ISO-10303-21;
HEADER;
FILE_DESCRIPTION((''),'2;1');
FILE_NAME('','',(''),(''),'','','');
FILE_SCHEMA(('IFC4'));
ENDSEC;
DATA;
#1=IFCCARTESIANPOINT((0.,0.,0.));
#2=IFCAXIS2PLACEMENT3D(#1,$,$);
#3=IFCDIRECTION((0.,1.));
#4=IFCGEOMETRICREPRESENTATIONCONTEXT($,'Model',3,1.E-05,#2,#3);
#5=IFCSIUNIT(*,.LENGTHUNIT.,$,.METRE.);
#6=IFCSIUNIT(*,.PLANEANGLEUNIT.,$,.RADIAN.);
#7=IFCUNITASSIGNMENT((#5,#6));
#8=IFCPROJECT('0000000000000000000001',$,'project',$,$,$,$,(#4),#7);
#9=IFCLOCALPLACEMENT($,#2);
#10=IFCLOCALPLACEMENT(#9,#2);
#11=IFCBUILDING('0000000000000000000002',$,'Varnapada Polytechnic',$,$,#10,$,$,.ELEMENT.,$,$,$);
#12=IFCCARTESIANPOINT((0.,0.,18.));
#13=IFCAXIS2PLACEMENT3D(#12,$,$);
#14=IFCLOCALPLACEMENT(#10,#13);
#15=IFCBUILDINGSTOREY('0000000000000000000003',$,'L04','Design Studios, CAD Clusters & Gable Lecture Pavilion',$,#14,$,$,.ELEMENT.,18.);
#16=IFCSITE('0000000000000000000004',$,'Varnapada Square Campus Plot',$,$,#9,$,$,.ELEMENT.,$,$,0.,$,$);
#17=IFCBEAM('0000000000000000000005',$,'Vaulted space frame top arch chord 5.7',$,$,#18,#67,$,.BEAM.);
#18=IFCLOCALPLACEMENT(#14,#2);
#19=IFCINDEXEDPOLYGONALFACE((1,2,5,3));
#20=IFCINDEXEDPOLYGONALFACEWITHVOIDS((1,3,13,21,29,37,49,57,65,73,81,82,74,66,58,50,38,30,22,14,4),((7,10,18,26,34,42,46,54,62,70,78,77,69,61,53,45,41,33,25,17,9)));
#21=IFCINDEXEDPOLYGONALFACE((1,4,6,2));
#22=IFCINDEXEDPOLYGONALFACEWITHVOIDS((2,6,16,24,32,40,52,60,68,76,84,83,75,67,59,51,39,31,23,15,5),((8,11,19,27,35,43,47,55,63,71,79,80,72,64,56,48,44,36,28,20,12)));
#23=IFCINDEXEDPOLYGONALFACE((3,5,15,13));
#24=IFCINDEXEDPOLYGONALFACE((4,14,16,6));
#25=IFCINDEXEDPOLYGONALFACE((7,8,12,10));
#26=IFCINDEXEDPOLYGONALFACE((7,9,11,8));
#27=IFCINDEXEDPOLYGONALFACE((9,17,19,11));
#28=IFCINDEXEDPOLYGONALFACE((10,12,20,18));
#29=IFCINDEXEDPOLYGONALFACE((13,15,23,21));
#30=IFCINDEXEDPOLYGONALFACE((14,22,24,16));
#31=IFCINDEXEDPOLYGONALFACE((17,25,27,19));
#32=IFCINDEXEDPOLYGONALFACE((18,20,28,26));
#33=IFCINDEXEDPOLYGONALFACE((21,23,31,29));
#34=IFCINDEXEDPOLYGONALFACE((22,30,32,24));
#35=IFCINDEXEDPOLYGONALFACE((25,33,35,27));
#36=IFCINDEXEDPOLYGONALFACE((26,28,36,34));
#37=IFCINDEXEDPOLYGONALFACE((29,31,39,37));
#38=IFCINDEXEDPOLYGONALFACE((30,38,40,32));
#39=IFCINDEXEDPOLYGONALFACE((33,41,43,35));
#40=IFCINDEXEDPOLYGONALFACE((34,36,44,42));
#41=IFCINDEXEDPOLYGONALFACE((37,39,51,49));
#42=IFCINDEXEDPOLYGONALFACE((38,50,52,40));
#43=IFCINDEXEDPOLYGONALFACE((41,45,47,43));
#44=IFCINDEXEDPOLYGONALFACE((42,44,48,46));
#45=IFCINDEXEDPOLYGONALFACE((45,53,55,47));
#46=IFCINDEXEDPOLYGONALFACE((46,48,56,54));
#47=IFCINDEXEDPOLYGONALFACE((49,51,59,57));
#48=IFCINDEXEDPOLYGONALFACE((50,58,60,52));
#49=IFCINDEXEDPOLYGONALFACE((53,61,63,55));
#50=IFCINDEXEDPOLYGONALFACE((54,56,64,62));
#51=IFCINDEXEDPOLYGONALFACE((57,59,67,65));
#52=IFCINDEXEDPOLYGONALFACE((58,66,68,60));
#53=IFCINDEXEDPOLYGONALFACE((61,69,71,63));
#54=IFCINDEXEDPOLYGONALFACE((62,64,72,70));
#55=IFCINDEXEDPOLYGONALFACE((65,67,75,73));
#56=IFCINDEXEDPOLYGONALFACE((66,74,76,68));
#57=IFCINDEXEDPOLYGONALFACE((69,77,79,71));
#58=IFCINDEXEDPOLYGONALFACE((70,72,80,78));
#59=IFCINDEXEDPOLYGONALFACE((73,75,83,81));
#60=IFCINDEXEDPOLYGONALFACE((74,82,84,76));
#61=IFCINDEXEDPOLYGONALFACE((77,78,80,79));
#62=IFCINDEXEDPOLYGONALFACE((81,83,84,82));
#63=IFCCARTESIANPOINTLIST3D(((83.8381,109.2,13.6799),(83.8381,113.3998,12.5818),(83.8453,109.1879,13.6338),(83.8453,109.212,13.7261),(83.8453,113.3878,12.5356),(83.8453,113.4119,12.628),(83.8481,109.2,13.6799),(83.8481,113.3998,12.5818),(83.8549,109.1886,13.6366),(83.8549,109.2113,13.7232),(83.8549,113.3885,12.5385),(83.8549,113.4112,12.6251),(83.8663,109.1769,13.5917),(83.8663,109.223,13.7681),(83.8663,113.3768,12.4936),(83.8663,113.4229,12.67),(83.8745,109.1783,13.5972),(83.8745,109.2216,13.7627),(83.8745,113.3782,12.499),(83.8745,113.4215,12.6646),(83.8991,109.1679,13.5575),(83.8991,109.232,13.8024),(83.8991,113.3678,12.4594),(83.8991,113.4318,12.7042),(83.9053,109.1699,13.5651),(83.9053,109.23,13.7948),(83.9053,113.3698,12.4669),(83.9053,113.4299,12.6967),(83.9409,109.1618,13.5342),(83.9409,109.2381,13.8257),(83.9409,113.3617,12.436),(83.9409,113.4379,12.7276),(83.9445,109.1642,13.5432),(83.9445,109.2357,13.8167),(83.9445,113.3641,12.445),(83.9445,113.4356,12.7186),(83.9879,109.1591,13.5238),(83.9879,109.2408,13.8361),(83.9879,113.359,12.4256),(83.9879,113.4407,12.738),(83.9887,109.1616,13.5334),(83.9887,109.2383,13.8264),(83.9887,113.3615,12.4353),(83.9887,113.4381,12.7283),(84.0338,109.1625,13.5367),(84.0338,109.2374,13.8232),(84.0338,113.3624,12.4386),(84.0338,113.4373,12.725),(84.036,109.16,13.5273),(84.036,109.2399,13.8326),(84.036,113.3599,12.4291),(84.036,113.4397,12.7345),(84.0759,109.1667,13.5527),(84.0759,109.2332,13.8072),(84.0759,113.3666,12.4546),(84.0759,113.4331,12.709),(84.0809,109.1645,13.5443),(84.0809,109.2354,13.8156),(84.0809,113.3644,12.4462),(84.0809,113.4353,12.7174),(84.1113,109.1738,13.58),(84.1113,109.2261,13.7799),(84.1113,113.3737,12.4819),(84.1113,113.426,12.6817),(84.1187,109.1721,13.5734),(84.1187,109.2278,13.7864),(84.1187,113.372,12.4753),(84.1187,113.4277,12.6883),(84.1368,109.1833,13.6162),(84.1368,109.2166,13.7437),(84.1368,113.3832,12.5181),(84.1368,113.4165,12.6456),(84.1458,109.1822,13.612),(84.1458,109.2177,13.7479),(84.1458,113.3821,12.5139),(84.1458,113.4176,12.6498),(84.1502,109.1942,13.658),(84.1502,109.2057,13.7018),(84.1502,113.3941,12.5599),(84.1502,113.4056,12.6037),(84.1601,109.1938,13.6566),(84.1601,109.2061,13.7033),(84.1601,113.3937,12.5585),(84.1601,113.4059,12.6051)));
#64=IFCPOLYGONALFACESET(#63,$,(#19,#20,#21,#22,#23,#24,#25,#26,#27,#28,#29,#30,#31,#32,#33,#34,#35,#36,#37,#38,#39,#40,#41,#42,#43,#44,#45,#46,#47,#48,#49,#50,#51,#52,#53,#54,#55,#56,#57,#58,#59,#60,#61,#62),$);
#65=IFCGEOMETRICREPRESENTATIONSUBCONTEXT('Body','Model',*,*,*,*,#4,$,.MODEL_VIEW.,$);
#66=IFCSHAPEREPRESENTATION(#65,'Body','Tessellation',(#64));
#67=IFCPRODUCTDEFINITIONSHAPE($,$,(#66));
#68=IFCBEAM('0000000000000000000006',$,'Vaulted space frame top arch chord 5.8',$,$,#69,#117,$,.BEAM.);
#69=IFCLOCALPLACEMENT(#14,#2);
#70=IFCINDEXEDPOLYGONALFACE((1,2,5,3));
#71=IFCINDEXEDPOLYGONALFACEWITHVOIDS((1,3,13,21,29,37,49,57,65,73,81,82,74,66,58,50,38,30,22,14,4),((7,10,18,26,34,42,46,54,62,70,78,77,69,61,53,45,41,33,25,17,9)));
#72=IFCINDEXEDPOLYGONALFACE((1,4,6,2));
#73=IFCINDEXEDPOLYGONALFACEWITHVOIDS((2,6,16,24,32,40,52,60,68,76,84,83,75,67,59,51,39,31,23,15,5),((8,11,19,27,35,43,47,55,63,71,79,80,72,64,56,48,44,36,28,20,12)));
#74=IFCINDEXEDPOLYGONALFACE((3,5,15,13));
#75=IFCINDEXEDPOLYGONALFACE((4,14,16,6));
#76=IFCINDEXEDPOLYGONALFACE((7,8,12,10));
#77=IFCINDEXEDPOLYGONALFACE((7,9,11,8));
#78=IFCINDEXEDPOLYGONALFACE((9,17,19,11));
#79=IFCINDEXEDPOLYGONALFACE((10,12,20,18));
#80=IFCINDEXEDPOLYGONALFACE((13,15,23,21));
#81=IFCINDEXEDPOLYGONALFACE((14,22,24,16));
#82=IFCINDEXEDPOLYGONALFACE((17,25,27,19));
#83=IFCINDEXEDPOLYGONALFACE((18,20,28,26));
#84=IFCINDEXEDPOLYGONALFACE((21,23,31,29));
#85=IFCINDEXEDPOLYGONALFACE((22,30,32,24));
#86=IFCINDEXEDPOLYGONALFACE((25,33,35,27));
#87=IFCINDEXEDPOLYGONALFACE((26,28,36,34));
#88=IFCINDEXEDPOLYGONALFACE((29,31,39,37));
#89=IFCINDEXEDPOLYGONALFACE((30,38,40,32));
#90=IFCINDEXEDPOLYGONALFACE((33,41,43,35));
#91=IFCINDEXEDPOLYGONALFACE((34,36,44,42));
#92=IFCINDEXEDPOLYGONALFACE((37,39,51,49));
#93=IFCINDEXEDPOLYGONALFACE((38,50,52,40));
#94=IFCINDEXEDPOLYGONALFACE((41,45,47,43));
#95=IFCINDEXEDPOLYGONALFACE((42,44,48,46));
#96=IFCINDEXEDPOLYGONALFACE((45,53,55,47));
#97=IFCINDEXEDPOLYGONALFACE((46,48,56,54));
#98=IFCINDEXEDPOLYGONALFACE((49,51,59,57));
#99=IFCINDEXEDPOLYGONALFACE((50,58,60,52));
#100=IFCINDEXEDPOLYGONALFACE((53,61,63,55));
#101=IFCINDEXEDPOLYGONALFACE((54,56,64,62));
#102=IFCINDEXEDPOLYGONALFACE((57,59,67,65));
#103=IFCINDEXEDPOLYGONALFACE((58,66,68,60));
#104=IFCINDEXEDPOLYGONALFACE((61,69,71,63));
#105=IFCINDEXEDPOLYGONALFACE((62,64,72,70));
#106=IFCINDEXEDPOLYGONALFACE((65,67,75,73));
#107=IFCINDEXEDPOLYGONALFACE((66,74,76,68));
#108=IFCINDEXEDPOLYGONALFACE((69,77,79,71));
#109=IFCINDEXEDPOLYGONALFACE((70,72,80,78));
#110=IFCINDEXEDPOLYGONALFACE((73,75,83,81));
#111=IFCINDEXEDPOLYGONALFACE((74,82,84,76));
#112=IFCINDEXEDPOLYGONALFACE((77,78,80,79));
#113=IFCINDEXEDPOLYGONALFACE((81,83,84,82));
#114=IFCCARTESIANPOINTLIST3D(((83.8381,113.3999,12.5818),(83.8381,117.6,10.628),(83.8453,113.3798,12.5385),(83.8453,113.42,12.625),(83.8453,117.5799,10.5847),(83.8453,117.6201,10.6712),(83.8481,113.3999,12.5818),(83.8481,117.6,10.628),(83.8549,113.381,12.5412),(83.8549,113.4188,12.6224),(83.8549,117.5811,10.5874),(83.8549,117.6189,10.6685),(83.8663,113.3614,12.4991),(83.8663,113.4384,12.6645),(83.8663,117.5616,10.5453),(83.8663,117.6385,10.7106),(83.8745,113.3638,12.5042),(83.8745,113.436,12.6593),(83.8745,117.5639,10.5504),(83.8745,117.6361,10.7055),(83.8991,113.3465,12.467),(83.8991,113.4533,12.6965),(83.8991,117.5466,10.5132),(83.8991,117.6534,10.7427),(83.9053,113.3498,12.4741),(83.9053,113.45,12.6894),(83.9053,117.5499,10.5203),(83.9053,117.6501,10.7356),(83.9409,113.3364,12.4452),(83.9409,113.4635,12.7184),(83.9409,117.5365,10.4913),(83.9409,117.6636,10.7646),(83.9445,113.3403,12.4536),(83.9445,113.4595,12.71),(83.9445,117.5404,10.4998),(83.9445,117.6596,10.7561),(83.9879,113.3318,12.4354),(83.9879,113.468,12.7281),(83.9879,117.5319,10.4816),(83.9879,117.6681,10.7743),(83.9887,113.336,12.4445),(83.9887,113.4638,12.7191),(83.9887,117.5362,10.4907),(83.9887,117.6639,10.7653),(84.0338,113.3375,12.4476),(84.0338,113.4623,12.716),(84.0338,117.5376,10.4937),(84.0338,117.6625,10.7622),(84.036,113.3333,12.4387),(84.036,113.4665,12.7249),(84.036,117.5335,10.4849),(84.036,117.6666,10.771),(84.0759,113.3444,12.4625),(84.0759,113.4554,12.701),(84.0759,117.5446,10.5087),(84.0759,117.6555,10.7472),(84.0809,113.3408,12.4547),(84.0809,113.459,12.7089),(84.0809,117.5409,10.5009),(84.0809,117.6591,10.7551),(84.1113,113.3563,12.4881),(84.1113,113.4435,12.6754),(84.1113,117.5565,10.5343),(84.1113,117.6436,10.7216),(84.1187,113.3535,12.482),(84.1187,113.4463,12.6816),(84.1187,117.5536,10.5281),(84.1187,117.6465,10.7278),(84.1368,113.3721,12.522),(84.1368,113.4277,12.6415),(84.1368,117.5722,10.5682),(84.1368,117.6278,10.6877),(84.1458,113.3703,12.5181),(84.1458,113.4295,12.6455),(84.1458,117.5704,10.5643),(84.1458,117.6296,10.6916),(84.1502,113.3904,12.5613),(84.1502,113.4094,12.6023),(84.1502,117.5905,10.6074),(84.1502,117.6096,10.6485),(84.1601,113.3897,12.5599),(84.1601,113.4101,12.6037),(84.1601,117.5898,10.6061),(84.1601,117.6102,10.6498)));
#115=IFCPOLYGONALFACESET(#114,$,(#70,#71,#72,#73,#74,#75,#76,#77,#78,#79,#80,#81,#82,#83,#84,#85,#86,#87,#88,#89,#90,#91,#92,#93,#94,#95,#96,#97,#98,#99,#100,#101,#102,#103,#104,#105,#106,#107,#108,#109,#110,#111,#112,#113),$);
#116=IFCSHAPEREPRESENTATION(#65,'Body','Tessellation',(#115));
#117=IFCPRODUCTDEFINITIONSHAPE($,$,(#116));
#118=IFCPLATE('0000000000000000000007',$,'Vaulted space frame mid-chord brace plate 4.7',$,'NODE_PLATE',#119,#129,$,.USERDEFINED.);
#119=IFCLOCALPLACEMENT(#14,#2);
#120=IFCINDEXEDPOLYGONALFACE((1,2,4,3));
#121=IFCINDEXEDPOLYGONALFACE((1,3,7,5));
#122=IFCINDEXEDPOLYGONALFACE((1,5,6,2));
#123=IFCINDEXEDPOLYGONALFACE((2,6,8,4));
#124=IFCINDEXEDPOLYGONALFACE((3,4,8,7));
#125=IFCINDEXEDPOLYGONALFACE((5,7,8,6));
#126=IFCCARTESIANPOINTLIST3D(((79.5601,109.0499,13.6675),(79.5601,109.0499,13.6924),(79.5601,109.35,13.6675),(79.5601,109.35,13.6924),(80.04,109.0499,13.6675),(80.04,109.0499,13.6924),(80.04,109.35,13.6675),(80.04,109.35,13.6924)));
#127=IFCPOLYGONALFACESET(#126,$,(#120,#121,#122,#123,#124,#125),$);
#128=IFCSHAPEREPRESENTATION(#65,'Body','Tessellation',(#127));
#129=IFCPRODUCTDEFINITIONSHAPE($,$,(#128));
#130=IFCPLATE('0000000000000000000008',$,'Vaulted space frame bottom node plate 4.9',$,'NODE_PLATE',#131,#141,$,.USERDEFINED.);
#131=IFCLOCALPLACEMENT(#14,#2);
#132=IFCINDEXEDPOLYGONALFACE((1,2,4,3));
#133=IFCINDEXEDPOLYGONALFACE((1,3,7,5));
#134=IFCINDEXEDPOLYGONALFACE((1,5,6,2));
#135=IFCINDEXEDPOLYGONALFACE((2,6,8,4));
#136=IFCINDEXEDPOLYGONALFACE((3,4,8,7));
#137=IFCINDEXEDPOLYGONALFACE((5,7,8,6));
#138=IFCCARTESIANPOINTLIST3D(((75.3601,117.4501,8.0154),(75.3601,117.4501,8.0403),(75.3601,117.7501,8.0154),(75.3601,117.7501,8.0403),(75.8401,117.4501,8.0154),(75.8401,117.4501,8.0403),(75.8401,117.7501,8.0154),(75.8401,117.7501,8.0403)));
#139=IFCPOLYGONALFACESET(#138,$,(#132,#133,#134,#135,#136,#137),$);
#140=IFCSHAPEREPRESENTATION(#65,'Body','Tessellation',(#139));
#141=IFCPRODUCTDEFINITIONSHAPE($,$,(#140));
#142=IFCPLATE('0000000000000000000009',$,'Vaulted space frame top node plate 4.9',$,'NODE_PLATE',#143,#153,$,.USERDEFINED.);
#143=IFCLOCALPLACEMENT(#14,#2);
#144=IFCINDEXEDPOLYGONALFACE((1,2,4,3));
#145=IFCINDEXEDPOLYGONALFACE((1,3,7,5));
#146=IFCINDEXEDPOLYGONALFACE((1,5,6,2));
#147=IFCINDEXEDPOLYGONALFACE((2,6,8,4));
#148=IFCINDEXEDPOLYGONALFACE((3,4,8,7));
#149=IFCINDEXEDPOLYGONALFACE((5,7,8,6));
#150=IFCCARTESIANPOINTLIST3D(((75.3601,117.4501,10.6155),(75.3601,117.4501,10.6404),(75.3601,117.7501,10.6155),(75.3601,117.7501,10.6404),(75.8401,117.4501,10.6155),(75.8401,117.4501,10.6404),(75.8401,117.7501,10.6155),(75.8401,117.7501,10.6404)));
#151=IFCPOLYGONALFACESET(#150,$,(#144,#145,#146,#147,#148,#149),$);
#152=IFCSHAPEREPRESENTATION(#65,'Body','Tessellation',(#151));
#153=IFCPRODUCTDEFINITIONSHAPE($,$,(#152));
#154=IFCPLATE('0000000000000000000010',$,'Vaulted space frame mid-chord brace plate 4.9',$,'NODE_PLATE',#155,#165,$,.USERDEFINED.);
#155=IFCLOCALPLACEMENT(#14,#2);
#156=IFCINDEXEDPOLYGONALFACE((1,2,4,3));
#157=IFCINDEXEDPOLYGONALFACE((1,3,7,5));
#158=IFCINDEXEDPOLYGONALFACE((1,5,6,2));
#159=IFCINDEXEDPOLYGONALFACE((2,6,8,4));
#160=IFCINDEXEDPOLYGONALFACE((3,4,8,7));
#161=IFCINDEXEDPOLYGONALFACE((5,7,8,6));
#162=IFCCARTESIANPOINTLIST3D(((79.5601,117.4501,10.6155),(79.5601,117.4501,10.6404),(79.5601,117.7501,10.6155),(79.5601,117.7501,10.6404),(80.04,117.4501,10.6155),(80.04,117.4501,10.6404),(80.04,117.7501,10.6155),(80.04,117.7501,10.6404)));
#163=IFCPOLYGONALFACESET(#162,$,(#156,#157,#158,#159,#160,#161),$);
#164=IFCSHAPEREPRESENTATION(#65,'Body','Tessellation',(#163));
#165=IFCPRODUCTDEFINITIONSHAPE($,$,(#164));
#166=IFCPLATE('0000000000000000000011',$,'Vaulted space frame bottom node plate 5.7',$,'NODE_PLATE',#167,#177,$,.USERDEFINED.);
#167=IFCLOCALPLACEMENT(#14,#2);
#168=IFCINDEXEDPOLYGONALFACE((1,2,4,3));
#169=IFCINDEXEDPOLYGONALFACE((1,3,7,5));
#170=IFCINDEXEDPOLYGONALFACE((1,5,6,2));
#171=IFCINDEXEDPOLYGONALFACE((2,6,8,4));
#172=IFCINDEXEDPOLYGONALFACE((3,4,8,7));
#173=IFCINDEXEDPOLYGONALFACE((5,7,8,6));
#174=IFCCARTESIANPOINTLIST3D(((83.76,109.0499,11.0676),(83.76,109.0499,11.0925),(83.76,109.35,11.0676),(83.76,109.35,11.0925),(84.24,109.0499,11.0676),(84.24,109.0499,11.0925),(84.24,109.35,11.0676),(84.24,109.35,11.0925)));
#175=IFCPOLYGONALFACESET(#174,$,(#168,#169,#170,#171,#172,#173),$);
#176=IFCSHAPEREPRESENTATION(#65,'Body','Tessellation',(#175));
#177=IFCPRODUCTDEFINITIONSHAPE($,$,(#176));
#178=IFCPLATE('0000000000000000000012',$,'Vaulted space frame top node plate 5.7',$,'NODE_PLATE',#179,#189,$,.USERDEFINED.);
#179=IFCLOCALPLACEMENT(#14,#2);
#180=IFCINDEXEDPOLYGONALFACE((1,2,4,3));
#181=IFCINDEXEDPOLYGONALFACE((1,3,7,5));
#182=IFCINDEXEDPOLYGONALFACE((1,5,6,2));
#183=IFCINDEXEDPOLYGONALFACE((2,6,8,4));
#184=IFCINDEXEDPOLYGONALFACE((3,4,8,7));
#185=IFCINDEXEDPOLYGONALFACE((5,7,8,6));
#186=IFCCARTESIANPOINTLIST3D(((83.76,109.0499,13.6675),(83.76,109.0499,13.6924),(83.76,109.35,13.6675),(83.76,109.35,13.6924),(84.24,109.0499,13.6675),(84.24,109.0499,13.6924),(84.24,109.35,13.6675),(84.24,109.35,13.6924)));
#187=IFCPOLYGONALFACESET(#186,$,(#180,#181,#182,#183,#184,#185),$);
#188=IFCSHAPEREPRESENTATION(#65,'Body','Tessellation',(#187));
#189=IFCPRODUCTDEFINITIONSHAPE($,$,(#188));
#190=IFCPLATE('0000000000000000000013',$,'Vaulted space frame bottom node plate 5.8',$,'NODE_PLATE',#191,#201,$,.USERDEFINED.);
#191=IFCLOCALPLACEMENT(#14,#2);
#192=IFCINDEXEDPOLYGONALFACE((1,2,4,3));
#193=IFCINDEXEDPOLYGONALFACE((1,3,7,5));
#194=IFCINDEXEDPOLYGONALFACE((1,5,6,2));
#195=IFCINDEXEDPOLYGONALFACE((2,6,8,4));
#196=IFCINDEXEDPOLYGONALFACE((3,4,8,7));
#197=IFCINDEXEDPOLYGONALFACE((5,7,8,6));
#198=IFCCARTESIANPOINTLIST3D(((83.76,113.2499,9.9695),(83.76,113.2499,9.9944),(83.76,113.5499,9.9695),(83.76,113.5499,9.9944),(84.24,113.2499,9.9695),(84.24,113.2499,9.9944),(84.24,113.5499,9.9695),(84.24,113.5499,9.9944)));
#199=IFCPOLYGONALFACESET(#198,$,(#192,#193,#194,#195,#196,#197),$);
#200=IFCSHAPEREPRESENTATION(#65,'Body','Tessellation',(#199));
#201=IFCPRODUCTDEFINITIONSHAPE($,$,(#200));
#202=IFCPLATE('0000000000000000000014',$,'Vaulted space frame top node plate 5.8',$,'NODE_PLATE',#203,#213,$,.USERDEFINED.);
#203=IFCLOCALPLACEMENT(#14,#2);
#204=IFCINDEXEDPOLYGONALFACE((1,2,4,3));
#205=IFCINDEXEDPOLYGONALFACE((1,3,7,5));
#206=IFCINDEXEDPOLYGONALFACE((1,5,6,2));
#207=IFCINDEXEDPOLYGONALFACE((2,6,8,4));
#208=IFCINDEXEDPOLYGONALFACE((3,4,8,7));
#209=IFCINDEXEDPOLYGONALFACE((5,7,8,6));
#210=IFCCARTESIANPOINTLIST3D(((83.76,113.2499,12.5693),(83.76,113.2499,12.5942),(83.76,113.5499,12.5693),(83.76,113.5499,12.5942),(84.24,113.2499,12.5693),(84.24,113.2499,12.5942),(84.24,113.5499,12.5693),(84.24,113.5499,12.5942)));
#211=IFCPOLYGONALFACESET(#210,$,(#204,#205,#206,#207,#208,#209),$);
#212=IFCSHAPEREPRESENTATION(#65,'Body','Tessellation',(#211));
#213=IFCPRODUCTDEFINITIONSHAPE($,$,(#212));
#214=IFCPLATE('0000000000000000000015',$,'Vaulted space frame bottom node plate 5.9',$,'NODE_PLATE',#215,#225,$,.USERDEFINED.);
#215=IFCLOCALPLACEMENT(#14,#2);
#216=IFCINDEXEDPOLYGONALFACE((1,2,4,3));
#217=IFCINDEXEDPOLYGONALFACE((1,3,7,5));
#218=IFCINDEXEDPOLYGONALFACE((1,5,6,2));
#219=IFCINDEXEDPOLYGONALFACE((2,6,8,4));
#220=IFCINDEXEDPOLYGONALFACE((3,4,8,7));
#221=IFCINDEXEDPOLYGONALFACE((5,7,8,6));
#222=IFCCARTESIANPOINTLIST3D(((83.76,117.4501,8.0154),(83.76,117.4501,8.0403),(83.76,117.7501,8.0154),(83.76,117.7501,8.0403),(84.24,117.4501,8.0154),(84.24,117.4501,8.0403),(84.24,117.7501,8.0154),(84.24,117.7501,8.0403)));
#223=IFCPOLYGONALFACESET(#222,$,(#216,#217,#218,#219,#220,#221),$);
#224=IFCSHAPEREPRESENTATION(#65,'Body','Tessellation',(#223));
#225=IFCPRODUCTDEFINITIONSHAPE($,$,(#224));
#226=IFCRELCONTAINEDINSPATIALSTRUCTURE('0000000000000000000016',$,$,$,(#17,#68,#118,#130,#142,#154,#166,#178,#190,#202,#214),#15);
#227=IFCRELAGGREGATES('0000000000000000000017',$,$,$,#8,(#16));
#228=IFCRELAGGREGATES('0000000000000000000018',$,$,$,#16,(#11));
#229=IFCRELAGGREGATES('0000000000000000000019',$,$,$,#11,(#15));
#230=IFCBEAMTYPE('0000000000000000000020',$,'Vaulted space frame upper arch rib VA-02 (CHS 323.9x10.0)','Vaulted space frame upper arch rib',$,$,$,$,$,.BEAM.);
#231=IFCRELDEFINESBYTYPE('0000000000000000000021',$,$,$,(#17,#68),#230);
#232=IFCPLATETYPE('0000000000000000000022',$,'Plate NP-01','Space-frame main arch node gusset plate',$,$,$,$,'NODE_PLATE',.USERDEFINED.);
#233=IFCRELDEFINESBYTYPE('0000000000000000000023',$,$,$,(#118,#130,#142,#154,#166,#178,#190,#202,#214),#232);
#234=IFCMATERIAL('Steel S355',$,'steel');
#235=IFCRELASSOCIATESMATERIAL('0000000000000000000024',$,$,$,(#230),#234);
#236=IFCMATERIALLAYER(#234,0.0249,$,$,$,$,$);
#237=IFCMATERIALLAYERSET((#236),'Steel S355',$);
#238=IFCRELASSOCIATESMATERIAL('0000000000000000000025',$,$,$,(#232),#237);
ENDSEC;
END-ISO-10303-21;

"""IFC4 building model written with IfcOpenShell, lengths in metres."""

from ifc_helpers import new_model, si_unit, direction, frame, origin, origin_2d, place, context, subcontext, project, spatial, rectangle, hollow_circle, extrude, material, layer, layer_set, material_profile, profile_set, type_object, element, save


model = new_model("IFC4")

# Units and contexts
model_context = context("Model", 3, precision=1e-05, world=origin(), true_north=direction((0.0, 1.0)))
body_context = subcontext(model_context, "Body", "Model", "MODEL_VIEW")
ifc_project = project(units=[si_unit("LENGTHUNIT", "METRE"), si_unit("PLANEANGLEUNIT", "RADIAN")], contexts=[model_context])

# Site, building, storey
site_placement = place(None, origin())
site = spatial("IfcSite", under=ifc_project, at=site_placement, Name="Varnapada Square Campus Plot", CompositionType="ELEMENT", RefElevation=0.0)
building_placement = place(site_placement, origin())
building = spatial("IfcBuilding", under=site, at=building_placement, Name="Varnapada Polytechnic", CompositionType="ELEMENT")
storey_placement = place(building_placement, frame((0.0, 0.0, 18.0)))
storey = spatial("IfcBuildingStorey", under=building, at=storey_placement, Name="L04", Description="Design Studios, CAD Clusters & Gable Lecture Pavilion", CompositionType="ELEMENT", Elevation=18.0)

# Shared definitions
ifc_material = material(Name="Steel S355", Category="steel")

# Beams
ifc_material_profile_1 = material_profile(ifc_material, hollow_circle(Radius=0.1619, WallThickness=0.01, at=origin_2d()), Name="CHS 323.9x10.0")
ifc_profile_set_1 = profile_set([ifc_material_profile_1], Name="Steel S355")
beam_type_1 = type_object("IfcBeamType", Name="Vaulted space frame upper arch rib VA-02 (CHS 323.9x10.0)", Description="Vaulted space frame upper arch rib", PredefinedType="BEAM", material=ifc_profile_set_1)
beam_1_placement = place(storey_placement, frame((84.0, 109.2, 13.6799), z_axis=(0.0, 0.967476, -0.252962), x_axis=(-1.0, 0.0, 0.0)))
element("IfcBeam", 1, at=beam_1_placement, inside=storey, type_object=beam_type_1, Name="Vaulted space frame top arch chord 5.7", PredefinedType="BEAM", context=body_context, shape_type="SweptSolid", body=[
    extrude(hollow_circle(Radius=0.1619, WallThickness=0.01, at=origin_2d()), origin(), (0.0, 0.0, 1.0), 4.3411),
])
beam_2_placement = place(storey_placement, frame((84.0, 113.3999, 12.5818), z_axis=(0.0, 0.906698, -0.42178), x_axis=(-1.0, 0.0, 0.0)))
element("IfcBeam", 2, at=beam_2_placement, inside=storey, type_object=beam_type_1, Name="Vaulted space frame top arch chord 5.8", PredefinedType="BEAM", context=body_context, shape_type="SweptSolid", body=[
    extrude(hollow_circle(Radius=0.1619, WallThickness=0.01, at=origin_2d()), origin(), (0.0, 0.0, 1.0), 4.6323),
])

# Plates
ifc_layer_1 = layer(ifc_material, 0.0249)
ifc_layer_set_1 = layer_set([ifc_layer_1], Name="Steel S355")
plate_type = type_object("IfcPlateType", Name="Plate NP-01", Description="Space-frame main arch node gusset plate", ElementType="NODE_PLATE", PredefinedType="USERDEFINED", material=ifc_layer_set_1)
for number, where, z_axis, x_axis, name in (
    (3, (79.8, 109.2, 13.6675), (0.0, 0.0, 1.0), (1.0, 0.0, 0.0), "Vaulted space frame mid-chord brace plate 4.7"),
    (4, (75.6001, 117.6001, 8.0154), (0.0, 0.0, 1.0), (1.0, 0.0, 0.0), "Vaulted space frame bottom node plate 4.9"),
    (5, (75.6001, 117.6001, 10.6155), (0.0, 0.0, 1.0), (1.0, 0.0, 0.0), "Vaulted space frame top node plate 4.9"),
    (6, (79.8, 117.6001, 10.6155), (0.0, 0.0, 1.0), (1.0, 0.0, 0.0), "Vaulted space frame mid-chord brace plate 4.9"),
    (7, (84.0, 109.2, 11.0676), (0.0, 0.0, 1.0), (1.0, 0.0, 0.0), "Vaulted space frame bottom node plate 5.7"),
    (8, (84.0, 109.2, 13.6675), (0.0, 0.0, 1.0), (1.0, 0.0, 0.0), "Vaulted space frame top node plate 5.7"),
    (9, (84.0, 113.3999, 9.9695), (0.0, 0.0, 1.0), (1.0, 0.0, 0.0), "Vaulted space frame bottom node plate 5.8"),
    (10, (84.0, 113.3999, 12.5693), (0.0, 0.0, 1.0), (1.0, 0.0, 0.0), "Vaulted space frame top node plate 5.8"),
    (11, (84.0, 117.6001, 8.0154), (0.0, 0.0, 1.0), (1.0, 0.0, 0.0), "Vaulted space frame bottom node plate 5.9"),
):
    element("IfcPlate", number, at=place(storey_placement, frame(where, z_axis=z_axis, x_axis=x_axis)), inside=storey, type_object=plate_type, Name=name, ObjectType="NODE_PLATE", PredefinedType="USERDEFINED", context=body_context, shape_type="SweptSolid", body=[
        extrude(rectangle(XDim=0.48, YDim=0.3, at=origin_2d()), origin(), (0.0, 0.0, 1.0), 0.0249),
    ])

save(model, "model.ifc")
